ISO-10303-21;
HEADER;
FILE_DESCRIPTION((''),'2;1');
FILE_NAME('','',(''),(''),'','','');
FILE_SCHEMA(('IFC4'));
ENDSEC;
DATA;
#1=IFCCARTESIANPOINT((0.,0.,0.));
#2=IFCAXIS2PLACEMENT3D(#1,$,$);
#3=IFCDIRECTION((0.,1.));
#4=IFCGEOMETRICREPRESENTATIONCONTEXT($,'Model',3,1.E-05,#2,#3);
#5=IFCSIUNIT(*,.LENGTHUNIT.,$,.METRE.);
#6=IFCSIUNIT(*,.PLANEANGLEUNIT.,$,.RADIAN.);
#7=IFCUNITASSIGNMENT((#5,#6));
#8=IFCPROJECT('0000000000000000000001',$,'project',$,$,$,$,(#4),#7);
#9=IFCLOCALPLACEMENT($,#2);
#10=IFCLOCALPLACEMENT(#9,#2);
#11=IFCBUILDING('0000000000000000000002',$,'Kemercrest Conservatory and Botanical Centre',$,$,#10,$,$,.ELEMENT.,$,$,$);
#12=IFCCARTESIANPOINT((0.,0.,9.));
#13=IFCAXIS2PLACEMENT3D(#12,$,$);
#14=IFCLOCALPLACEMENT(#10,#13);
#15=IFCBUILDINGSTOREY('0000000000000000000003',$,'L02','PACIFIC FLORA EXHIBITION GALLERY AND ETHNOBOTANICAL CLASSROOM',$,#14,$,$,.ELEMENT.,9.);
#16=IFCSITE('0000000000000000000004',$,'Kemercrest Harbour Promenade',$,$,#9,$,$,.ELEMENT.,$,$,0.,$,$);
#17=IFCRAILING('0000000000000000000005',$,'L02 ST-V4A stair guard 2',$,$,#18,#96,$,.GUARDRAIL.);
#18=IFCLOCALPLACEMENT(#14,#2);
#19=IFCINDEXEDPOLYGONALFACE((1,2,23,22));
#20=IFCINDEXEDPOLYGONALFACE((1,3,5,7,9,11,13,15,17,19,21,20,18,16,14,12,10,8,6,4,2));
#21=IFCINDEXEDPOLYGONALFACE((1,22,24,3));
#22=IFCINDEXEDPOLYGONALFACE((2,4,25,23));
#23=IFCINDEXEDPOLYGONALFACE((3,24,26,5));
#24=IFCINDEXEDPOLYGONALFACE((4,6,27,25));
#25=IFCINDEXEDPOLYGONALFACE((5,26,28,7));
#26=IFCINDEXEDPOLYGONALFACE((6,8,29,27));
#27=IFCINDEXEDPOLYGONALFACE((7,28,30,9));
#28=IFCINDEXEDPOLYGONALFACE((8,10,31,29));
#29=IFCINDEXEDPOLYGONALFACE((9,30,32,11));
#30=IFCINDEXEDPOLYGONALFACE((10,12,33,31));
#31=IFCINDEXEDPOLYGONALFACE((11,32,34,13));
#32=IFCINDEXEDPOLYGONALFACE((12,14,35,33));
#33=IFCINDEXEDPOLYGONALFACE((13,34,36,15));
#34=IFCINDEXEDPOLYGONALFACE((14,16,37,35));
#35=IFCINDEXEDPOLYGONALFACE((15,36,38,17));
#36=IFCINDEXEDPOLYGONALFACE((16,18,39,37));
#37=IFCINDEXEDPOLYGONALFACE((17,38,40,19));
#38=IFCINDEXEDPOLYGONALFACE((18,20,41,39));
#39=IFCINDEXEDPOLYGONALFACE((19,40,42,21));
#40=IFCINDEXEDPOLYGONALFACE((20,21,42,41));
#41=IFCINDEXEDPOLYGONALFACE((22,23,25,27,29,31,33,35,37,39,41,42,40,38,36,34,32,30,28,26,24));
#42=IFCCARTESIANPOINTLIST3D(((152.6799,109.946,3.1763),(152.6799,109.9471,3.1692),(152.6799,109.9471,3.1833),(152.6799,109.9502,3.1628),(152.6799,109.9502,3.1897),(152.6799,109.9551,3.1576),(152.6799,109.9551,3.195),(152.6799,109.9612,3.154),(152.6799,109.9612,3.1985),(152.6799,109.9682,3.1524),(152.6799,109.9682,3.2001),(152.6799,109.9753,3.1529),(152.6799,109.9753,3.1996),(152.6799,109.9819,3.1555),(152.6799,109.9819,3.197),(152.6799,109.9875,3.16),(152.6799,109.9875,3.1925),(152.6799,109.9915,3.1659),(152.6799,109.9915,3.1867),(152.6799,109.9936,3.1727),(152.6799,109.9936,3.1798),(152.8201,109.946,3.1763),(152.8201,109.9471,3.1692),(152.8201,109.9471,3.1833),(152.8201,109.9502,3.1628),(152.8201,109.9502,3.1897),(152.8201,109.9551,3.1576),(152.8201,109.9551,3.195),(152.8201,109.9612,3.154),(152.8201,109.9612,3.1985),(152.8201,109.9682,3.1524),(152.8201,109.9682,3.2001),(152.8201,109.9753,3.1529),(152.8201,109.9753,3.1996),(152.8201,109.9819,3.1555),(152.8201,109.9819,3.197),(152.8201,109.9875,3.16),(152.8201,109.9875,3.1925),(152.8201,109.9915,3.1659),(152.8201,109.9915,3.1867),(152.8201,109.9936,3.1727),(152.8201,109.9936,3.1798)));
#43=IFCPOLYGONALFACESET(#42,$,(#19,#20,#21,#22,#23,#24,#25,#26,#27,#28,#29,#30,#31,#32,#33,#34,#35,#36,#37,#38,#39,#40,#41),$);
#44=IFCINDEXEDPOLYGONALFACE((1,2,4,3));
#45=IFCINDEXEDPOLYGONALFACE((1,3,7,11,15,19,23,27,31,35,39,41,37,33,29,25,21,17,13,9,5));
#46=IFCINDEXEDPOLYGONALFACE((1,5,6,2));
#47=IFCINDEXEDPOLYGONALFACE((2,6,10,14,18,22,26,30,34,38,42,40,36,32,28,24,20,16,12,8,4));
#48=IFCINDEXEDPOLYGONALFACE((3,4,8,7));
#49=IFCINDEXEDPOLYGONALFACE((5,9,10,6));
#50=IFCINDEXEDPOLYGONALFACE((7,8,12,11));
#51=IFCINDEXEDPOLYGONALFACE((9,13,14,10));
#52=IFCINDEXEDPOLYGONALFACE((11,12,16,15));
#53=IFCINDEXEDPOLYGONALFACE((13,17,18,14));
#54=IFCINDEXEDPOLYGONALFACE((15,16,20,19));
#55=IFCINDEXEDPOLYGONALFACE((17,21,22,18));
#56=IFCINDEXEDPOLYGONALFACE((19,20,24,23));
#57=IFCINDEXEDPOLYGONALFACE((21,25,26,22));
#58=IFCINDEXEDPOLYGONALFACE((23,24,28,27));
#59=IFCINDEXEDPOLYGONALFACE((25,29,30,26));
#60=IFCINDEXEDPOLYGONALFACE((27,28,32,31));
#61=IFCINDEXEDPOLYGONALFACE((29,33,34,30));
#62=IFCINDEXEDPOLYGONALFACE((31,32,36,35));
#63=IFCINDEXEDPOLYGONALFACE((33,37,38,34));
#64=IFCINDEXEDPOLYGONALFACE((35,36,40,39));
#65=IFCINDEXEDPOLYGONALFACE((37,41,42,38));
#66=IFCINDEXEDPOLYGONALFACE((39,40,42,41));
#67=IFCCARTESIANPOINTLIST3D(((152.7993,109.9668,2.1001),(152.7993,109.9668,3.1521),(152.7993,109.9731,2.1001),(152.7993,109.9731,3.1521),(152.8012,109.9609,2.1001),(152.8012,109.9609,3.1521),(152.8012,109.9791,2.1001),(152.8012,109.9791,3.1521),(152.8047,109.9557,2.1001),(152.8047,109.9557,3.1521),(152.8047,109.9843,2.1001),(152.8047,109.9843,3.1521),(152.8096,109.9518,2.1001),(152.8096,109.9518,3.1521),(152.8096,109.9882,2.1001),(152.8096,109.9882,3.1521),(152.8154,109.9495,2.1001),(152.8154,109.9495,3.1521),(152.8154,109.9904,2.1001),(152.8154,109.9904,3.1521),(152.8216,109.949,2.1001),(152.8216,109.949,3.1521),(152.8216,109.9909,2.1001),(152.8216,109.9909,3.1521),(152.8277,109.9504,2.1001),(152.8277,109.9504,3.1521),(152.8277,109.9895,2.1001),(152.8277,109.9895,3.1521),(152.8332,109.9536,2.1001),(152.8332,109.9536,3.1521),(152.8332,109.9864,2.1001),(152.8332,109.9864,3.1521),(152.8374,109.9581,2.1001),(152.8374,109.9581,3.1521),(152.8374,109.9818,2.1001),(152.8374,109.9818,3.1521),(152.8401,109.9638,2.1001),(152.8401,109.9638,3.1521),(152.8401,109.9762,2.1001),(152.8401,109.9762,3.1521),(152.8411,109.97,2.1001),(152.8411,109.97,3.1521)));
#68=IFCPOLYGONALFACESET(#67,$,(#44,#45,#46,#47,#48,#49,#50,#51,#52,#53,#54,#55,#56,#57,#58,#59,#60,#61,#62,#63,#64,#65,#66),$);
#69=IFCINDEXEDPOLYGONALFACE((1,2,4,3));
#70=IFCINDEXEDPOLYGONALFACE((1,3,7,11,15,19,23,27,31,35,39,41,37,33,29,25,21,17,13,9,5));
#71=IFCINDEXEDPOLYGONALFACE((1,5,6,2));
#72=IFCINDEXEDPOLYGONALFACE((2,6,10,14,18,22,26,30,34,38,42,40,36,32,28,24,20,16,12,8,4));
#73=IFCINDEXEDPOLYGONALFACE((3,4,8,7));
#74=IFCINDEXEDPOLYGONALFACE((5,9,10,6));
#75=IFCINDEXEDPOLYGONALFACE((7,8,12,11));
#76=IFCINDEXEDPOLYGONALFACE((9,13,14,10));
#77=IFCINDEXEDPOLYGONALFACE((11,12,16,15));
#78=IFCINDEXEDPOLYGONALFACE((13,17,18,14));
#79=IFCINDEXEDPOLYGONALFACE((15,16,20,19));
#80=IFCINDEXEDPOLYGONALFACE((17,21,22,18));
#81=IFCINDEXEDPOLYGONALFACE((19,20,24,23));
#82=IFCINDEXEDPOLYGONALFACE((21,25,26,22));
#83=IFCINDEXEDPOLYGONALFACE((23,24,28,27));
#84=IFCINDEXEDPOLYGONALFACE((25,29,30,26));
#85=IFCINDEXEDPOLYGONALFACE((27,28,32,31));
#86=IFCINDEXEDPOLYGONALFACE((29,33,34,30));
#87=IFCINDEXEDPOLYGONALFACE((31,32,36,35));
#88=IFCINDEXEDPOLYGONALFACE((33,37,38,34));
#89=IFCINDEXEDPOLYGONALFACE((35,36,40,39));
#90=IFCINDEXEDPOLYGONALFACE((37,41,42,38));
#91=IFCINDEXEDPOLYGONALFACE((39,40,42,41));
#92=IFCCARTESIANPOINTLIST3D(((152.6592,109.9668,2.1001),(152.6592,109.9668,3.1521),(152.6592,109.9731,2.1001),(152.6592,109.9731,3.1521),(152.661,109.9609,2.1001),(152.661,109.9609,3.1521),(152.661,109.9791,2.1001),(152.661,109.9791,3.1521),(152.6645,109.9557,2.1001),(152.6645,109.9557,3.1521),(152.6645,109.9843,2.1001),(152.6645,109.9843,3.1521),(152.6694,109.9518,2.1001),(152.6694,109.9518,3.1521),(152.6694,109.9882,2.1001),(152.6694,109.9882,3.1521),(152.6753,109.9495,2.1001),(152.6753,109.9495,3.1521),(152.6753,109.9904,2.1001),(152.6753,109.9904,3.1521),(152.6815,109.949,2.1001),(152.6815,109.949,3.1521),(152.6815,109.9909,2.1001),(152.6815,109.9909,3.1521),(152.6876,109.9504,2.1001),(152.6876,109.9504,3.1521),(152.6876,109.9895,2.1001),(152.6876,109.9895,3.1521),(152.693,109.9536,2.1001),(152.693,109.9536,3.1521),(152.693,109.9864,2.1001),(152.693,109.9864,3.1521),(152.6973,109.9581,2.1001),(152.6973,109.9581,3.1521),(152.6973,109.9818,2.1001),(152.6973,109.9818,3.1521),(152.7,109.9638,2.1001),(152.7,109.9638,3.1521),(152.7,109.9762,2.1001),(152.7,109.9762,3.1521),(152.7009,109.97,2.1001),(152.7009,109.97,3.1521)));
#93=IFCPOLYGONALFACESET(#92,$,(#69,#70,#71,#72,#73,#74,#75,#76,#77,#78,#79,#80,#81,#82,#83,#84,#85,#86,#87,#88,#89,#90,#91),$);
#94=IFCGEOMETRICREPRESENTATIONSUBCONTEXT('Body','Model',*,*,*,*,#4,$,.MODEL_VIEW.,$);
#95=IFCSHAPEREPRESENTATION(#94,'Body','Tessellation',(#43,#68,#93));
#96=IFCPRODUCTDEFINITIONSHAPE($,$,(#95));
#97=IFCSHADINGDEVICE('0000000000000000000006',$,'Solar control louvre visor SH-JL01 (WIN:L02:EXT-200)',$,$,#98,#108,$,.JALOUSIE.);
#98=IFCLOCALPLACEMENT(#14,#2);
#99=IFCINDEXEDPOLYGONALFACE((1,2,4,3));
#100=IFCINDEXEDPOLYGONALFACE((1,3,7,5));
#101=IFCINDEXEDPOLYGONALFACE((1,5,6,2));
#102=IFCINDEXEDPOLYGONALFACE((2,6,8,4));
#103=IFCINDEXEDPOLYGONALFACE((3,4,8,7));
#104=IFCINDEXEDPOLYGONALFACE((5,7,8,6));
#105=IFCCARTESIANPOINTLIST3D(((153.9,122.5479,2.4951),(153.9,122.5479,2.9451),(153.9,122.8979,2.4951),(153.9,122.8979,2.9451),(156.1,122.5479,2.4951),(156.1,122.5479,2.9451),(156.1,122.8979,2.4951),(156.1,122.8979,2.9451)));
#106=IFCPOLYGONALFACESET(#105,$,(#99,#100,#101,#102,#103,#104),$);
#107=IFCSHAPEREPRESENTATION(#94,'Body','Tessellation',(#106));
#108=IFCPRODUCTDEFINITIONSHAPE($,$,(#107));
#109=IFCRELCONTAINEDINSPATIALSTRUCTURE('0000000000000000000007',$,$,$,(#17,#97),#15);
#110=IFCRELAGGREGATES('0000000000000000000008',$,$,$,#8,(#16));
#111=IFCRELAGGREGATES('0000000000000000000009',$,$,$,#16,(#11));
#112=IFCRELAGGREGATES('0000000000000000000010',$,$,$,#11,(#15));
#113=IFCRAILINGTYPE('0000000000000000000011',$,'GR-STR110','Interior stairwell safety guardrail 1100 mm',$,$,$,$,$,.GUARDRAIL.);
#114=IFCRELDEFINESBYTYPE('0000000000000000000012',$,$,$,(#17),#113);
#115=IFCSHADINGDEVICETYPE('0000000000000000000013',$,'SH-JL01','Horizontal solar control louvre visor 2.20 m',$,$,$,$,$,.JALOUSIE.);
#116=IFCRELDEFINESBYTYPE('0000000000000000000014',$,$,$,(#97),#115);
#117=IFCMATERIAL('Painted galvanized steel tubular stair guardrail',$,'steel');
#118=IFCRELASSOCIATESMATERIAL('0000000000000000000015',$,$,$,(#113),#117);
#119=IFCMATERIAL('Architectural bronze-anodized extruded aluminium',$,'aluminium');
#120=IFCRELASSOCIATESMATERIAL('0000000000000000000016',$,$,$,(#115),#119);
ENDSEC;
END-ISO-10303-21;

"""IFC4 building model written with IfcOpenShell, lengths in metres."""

from ifc_helpers import new_model, si_unit, direction, frame, origin, origin_2d, place, context, subcontext, project, spatial, rectangle, circle, extrude, material, type_object, element, save


model = new_model("IFC4")

# Units and contexts
model_context = context("Model", 3, precision=1e-05, world=origin(), true_north=direction((0.0, 1.0)))
body_context = subcontext(model_context, "Body", "Model", "MODEL_VIEW")
ifc_project = project(units=[si_unit("LENGTHUNIT", "METRE"), si_unit("PLANEANGLEUNIT", "RADIAN")], contexts=[model_context])

# Site, building, storey
site_placement = place(None, origin())
site = spatial("IfcSite", under=ifc_project, at=site_placement, Name="Kemercrest Harbour Promenade", CompositionType="ELEMENT", RefElevation=0.0)
building_placement = place(site_placement, origin())
building = spatial("IfcBuilding", under=site, at=building_placement, Name="Kemercrest Conservatory and Botanical Centre", CompositionType="ELEMENT")
storey_placement = place(building_placement, frame((0.0, 0.0, 9.0)))
storey = spatial("IfcBuildingStorey", under=building, at=storey_placement, Name="L02", Description="PACIFIC FLORA EXHIBITION GALLERY AND ETHNOBOTANICAL CLASSROOM", CompositionType="ELEMENT", Elevation=9.0)

# Railing
ifc_material_1 = material(Name="Painted galvanized steel tubular stair guardrail", Category="steel")
railing_type = type_object("IfcRailingType", Name="GR-STR110", Description="Interior stairwell safety guardrail 1100 mm", PredefinedType="GUARDRAIL", material=ifc_material_1)
railing_placement = place(storey_placement, frame((152.8201, 109.97, 2.1001)))
element("IfcRailing", 1, at=railing_placement, inside=storey, type_object=railing_type, Name="L02 ST-V4A stair guard 2", PredefinedType="GUARDRAIL", context=body_context, shape_type="SweptSolid", body=[
    extrude(circle(Radius=0.0239, at=origin_2d()), frame((0.0, 0.0, 1.0762), z_axis=(-1.0, 0.0, 0.0), x_axis=(0.0, -1.0, 0.0)), (0.0, 0.0, 1.0), 0.1401),
    extrude(circle(Radius=0.021, at=origin_2d()), origin(), (0.0, 0.0, 1.0), 1.052),
    extrude(circle(Radius=0.021, at=origin_2d()), frame((-0.1401, 0.0, 0.0)), (0.0, 0.0, 1.0), 1.052),
])

# Shading device
ifc_material_2 = material(Name="Architectural bronze-anodized extruded aluminium", Category="aluminium")
shading_device_type = type_object("IfcShadingDeviceType", Name="SH-JL01", Description="Horizontal solar control louvre visor 2.20 m", PredefinedType="JALOUSIE", material=ifc_material_2)
shading_device_placement = place(storey_placement, frame((155.0, 122.7229, 2.4951), z_axis=(0.0, 0.0, 1.0), x_axis=(-1.0, 0.0, 0.0)))
element("IfcShadingDevice", 2, at=shading_device_placement, inside=storey, type_object=shading_device_type, Name="Solar control louvre visor SH-JL01 (WIN:L02:EXT-200)", PredefinedType="JALOUSIE", context=body_context, shape_type="SweptSolid", body=[
    extrude(rectangle(XDim=2.2, YDim=0.3501, at=origin_2d()), origin(), (0.0, 0.0, 1.0), 0.45),
])

save(model, "model.ifc")
